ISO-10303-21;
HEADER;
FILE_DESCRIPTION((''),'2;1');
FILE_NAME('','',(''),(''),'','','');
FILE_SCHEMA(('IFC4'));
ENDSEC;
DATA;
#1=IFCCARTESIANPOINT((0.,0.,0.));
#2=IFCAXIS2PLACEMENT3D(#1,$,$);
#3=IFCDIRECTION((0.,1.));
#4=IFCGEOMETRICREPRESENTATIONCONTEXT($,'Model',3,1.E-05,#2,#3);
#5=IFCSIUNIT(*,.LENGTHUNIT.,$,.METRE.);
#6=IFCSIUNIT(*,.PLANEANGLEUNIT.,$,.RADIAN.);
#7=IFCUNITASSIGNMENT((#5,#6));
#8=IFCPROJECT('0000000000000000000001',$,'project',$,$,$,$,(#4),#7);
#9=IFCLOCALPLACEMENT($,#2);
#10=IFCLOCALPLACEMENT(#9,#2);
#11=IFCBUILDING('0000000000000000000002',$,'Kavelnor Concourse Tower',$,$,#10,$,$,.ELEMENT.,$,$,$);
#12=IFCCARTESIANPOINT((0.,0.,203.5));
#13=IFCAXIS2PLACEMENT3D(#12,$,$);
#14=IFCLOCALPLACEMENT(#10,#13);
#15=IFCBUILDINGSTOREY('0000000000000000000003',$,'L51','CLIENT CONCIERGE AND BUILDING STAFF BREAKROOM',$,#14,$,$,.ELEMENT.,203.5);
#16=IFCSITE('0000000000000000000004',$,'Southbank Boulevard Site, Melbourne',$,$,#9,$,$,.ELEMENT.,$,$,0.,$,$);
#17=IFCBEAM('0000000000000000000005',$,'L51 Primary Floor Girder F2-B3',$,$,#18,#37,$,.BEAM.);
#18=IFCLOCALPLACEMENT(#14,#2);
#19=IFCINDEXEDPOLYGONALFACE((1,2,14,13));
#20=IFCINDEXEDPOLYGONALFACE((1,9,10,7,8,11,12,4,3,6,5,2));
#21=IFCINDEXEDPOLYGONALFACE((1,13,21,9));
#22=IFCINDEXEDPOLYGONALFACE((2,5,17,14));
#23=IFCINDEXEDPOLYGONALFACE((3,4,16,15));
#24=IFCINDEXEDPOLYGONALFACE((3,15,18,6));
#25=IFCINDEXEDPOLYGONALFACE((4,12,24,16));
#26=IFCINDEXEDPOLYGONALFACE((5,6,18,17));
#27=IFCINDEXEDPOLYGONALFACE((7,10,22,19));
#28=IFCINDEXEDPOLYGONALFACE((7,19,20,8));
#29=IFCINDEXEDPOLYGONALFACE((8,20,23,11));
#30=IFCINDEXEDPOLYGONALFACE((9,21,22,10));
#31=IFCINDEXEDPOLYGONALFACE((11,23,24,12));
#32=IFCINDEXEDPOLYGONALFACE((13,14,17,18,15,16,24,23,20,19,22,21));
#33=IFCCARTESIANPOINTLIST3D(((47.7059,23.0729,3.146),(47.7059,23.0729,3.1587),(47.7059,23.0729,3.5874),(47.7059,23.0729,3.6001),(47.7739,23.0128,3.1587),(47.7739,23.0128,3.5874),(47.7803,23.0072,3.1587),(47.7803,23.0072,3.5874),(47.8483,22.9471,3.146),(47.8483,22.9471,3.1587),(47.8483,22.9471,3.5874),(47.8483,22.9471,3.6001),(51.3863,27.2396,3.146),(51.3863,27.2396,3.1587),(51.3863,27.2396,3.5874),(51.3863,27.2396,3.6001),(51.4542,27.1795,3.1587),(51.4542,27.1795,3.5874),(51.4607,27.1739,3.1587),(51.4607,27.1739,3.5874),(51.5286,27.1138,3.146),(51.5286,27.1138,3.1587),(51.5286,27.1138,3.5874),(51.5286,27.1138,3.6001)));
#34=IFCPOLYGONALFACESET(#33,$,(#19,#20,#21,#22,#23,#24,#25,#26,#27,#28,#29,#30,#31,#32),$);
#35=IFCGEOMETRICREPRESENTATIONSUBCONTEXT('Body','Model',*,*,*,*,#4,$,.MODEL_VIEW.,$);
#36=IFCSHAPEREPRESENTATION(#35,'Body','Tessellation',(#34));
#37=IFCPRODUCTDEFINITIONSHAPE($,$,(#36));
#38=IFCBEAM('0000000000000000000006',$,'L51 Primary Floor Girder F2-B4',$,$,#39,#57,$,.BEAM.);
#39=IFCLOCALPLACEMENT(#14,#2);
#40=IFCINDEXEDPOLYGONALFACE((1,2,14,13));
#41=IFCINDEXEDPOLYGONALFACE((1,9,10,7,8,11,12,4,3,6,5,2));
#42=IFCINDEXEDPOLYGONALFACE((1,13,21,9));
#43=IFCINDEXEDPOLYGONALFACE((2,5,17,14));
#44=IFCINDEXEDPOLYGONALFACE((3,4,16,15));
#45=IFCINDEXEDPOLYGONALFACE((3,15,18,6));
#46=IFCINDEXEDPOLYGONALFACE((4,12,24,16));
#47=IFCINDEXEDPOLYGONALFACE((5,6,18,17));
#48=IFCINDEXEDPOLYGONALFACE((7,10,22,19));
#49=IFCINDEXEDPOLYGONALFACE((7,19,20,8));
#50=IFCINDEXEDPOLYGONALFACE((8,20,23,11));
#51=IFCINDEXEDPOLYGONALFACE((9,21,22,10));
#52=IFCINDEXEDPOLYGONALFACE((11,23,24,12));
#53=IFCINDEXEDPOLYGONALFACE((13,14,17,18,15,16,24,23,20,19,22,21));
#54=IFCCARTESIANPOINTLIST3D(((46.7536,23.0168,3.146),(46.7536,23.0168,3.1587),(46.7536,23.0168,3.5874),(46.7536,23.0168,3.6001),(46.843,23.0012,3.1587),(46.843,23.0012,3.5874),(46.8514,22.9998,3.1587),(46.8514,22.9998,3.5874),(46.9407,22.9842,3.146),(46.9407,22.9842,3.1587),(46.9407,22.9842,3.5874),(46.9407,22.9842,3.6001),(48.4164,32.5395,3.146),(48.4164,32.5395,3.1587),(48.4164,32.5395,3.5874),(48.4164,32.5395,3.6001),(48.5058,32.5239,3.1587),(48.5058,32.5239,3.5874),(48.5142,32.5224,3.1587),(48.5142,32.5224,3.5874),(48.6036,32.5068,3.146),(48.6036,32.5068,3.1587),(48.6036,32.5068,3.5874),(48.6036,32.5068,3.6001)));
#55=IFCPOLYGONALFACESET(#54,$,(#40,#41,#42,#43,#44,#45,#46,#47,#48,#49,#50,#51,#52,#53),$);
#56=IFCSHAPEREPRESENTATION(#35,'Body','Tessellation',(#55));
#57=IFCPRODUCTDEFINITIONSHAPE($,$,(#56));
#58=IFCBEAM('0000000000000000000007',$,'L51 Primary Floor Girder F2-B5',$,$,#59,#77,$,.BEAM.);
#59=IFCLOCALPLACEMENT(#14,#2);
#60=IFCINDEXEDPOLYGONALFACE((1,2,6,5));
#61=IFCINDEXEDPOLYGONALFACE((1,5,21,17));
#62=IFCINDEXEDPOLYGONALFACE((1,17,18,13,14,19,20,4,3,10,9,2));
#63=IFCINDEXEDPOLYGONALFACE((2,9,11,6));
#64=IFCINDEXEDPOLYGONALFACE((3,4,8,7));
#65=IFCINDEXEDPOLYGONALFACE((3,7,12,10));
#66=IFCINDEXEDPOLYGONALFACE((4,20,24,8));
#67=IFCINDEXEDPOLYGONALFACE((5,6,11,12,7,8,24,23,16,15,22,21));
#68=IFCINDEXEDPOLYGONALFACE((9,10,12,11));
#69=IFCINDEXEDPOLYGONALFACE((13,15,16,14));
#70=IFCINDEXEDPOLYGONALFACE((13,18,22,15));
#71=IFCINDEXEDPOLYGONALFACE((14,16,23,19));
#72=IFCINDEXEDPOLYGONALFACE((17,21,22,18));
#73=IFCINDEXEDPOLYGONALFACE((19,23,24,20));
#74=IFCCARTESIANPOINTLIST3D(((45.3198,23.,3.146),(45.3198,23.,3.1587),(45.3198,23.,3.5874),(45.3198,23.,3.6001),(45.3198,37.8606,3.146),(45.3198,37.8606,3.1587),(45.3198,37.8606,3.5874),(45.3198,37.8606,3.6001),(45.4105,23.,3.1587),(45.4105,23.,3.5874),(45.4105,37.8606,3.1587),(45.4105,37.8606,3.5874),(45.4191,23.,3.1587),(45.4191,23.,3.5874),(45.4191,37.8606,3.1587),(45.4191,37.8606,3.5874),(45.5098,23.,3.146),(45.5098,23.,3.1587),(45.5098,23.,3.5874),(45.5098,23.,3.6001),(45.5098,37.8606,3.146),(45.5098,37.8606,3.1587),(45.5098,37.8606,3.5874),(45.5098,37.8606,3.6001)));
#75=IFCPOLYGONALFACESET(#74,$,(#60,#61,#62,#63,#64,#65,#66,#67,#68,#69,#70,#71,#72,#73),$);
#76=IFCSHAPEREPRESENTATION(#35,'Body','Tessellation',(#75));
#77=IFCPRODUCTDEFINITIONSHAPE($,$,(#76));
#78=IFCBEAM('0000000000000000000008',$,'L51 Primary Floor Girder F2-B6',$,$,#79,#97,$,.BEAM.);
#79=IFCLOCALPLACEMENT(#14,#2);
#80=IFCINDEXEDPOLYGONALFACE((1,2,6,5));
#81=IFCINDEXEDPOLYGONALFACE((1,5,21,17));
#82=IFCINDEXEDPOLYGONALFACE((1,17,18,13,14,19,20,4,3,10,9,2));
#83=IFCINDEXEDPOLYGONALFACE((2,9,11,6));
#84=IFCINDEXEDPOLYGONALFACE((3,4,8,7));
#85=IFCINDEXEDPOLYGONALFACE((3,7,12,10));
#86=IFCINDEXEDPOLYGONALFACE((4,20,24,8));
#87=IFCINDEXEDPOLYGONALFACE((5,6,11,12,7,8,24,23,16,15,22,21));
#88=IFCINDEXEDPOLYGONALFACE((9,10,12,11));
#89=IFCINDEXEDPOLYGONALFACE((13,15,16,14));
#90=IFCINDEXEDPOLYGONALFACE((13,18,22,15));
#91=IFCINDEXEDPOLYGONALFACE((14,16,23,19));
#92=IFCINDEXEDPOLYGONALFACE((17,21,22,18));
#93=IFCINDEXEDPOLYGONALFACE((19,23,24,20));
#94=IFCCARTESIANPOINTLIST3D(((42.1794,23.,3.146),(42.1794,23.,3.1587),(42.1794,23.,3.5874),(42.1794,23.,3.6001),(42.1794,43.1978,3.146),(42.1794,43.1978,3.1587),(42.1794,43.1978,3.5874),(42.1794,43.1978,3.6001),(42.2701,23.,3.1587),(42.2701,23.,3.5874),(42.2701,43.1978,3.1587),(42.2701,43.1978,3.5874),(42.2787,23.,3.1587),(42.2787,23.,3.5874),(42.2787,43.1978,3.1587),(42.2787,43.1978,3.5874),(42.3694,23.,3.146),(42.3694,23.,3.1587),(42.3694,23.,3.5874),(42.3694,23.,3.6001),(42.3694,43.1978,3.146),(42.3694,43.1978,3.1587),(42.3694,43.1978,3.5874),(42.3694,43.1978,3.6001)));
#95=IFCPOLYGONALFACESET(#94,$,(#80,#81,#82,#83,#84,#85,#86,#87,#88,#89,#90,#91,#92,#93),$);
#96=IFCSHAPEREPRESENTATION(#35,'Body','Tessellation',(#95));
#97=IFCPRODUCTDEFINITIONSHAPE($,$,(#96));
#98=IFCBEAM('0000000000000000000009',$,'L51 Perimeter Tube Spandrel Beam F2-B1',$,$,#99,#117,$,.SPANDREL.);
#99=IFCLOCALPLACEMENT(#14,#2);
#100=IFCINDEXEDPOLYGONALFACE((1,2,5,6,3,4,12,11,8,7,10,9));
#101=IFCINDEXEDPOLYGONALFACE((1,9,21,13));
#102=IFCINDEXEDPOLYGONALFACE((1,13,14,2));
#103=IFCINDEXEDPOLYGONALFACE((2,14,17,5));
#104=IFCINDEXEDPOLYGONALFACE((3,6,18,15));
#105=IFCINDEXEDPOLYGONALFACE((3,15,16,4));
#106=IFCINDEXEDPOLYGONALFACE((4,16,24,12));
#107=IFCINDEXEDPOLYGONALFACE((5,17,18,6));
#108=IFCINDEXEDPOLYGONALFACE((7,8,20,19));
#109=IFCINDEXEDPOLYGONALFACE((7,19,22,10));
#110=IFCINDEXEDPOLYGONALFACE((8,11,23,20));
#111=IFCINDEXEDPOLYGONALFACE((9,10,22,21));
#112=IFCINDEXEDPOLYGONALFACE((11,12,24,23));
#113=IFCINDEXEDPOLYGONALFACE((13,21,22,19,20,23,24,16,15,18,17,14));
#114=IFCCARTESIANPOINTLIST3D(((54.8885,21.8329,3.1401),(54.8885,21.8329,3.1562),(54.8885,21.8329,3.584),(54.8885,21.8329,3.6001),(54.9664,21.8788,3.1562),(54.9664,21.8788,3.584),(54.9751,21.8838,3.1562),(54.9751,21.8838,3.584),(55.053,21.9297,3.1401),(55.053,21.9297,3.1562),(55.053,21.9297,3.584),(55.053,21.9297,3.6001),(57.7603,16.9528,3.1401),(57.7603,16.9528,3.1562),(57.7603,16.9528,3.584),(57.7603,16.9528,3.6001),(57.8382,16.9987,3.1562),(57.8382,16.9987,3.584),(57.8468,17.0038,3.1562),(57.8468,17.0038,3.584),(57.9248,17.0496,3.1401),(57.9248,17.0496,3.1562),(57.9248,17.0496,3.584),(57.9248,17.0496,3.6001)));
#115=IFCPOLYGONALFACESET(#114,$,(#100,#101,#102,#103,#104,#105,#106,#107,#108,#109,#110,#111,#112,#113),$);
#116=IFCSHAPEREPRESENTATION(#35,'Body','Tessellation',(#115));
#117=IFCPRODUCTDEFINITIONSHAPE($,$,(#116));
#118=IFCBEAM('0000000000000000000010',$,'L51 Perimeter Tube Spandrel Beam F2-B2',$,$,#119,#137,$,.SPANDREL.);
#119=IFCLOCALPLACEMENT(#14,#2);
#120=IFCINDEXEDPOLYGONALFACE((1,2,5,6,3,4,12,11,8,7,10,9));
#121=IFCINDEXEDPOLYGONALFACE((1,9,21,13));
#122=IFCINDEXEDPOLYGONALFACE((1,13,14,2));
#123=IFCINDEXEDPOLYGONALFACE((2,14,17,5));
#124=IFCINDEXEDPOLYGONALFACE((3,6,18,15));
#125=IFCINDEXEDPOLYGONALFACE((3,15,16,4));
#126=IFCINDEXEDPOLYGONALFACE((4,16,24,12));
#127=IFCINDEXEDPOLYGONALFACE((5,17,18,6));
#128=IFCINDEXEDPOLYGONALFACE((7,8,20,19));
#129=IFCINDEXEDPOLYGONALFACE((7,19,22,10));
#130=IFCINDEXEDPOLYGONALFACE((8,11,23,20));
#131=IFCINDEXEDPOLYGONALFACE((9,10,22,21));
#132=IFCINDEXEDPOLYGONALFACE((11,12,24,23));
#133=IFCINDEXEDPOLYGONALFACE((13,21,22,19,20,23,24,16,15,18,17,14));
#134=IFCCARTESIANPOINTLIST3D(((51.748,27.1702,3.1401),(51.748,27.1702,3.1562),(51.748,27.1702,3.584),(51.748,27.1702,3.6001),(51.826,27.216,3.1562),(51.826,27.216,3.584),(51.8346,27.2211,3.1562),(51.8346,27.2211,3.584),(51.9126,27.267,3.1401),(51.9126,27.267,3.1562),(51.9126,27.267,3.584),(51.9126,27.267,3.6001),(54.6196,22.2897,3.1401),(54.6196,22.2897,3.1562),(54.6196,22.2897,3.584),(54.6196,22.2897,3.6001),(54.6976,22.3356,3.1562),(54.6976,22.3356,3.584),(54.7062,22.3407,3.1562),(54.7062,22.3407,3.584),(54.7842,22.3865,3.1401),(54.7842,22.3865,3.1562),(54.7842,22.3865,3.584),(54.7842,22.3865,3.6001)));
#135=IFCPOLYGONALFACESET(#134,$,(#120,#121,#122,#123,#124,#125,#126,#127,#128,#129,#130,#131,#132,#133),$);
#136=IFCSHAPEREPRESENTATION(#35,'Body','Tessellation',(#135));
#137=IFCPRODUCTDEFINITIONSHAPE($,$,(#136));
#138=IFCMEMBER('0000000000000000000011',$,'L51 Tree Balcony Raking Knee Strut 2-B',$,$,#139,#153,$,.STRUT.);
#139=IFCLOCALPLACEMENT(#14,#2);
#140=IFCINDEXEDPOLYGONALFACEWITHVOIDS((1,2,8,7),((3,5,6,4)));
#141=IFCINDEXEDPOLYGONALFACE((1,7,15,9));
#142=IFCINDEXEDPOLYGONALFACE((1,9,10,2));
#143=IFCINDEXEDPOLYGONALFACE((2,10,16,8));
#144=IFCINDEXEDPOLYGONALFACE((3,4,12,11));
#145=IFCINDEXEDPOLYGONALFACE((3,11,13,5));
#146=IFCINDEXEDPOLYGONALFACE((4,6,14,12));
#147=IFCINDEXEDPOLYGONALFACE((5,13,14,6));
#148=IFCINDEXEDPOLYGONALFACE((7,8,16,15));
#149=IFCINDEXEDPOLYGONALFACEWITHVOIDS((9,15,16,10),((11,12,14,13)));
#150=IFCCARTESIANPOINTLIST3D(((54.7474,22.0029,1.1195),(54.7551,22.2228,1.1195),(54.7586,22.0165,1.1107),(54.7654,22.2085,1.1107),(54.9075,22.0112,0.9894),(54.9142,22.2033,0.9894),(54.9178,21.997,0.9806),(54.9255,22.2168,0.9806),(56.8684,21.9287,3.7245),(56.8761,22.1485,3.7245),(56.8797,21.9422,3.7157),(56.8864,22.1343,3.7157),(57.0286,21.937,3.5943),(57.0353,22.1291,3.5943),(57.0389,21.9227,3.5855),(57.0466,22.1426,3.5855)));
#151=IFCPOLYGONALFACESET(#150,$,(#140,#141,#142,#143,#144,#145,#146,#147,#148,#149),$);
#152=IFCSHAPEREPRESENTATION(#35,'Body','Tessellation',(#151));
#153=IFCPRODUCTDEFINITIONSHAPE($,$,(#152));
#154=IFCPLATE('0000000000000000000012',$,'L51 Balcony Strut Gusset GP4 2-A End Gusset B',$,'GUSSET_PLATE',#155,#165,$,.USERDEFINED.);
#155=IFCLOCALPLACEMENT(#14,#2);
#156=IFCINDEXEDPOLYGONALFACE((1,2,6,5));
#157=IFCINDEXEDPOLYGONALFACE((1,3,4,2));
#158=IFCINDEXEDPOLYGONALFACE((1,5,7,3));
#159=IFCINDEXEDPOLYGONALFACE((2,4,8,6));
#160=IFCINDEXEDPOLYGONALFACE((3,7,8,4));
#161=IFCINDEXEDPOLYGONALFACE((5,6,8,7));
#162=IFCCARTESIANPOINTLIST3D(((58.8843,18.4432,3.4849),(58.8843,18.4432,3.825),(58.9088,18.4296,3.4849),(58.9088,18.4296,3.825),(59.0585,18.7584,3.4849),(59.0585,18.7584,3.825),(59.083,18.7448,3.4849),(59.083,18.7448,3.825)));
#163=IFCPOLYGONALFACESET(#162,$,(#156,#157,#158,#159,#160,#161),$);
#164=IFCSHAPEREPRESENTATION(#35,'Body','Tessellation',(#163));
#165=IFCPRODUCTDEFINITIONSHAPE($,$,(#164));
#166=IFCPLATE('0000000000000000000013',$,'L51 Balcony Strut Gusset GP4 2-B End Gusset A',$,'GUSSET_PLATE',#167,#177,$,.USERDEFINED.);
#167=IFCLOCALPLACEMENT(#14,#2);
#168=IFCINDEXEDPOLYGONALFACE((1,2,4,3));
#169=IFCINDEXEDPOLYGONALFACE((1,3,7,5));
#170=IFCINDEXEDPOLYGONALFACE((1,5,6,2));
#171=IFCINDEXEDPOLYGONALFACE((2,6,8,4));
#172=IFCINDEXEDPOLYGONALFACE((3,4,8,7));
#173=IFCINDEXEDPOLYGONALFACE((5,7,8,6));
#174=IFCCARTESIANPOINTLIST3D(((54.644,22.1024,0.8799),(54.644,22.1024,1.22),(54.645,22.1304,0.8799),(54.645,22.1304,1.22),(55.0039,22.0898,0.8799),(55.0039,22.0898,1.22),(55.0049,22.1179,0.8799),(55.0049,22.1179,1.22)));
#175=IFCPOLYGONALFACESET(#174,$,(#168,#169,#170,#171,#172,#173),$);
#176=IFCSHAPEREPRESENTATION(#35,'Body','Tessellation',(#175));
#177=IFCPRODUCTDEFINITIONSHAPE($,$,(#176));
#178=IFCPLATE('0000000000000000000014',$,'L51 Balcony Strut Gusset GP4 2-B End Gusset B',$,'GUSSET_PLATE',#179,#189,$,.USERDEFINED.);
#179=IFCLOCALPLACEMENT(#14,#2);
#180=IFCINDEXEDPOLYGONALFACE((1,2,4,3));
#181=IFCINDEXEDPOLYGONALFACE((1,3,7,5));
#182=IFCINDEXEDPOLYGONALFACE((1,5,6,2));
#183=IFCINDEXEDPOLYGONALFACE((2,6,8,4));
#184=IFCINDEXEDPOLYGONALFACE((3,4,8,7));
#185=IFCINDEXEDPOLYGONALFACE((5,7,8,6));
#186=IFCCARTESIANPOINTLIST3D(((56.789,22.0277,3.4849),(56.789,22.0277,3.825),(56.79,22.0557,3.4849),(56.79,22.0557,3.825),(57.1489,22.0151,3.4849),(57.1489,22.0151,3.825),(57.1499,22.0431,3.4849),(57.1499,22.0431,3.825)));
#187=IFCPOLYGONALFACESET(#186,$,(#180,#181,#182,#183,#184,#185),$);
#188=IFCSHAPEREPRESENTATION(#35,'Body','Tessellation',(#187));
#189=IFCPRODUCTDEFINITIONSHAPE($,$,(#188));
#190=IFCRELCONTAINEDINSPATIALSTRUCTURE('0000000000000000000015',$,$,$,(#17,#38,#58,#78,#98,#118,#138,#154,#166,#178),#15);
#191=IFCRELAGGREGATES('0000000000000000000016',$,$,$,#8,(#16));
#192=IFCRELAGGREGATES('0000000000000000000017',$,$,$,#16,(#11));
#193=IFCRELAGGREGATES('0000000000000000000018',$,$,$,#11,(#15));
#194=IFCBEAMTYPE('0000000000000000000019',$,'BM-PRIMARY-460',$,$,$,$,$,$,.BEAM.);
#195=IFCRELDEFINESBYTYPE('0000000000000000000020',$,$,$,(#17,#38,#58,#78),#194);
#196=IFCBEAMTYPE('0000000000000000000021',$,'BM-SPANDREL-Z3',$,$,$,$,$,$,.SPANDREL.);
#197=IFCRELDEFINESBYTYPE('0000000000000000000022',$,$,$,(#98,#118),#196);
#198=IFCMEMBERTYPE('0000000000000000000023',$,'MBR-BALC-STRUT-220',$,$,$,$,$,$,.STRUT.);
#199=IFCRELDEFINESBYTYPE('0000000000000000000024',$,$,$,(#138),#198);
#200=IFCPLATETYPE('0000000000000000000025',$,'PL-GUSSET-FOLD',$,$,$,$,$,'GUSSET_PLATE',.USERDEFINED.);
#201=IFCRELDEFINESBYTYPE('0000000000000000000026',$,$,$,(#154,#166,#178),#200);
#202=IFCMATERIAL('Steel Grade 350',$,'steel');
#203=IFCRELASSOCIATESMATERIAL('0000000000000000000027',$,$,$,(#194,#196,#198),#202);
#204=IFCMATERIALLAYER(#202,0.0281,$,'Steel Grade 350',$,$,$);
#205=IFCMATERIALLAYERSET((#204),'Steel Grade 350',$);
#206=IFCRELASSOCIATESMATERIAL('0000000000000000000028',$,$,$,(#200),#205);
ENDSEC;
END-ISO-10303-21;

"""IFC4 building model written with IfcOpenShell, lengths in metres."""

from ifc_helpers import new_model, si_unit, direction, frame, origin, origin_2d, place, context, subcontext, project, spatial, rectangle, hollow_rectangle, i_section, extrude, material, layer, layer_set, material_profile, profile_set, type_object, element, save


model = new_model("IFC4")

# Units and contexts
model_context = context("Model", 3, precision=1e-05, world=origin(), true_north=direction((0.0, 1.0)))
body_context = subcontext(model_context, "Body", "Model", "MODEL_VIEW")
ifc_project = project(units=[si_unit("LENGTHUNIT", "METRE"), si_unit("PLANEANGLEUNIT", "RADIAN")], contexts=[model_context])

# Site, building, storey
site_placement = place(None, origin())
site = spatial("IfcSite", under=ifc_project, at=site_placement, Name="Southbank Boulevard Site, Melbourne", CompositionType="ELEMENT", RefElevation=0.0)
building_placement = place(site_placement, origin())
building = spatial("IfcBuilding", under=site, at=building_placement, Name="Kavelnor Concourse Tower", CompositionType="ELEMENT")
storey_placement = place(building_placement, frame((0.0, 0.0, 203.5)))
storey = spatial("IfcBuildingStorey", under=building, at=storey_placement, Name="L51", Description="CLIENT CONCIERGE AND BUILDING STAFF BREAKROOM", CompositionType="ELEMENT", Elevation=203.5)

# Shared definitions
ifc_material_1 = material(Name="Steel Grade 350", Category="steel")

# Beams
ifc_material_profile_1 = material_profile(ifc_material_1, i_section(OverallWidth=0.1899, OverallDepth=0.4541, WebThickness=0.0085, FlangeThickness=0.0127, at=origin_2d()), Name="460UB67")
ifc_profile_set_1 = profile_set([ifc_material_profile_1], Name="Steel Grade 350")
beam_type_1 = type_object("IfcBeamType", Name="BM-PRIMARY-460", PredefinedType="BEAM", material=ifc_profile_set_1)
beam_1_placement = place(storey_placement, frame((47.7771, 23.01, 3.373), z_axis=(0.662014, 0.749492, 0.0), x_axis=(-0.749492, 0.662014, 0.0)))
element("IfcBeam", 1, at=beam_1_placement, inside=storey, type_object=beam_type_1, Name="L51 Primary Floor Girder F2-B3", PredefinedType="BEAM", context=body_context, shape_type="SweptSolid", body=[
    extrude(i_section(OverallWidth=0.1899, OverallDepth=0.4541, WebThickness=0.0085, FlangeThickness=0.0127, at=origin_2d()), origin(), (0.0, 0.0, 1.0), 5.5593),
])
beam_2_placement = place(storey_placement, frame((46.8472, 23.0005, 3.373), z_axis=(0.172016, 0.985094, 0.0), x_axis=(-0.985094, 0.172016, 0.0)))
element("IfcBeam", 2, at=beam_2_placement, inside=storey, type_object=beam_type_1, Name="L51 Primary Floor Girder F2-B4", PredefinedType="BEAM", context=body_context, shape_type="SweptSolid", body=[
    extrude(i_section(OverallWidth=0.1899, OverallDepth=0.4541, WebThickness=0.0085, FlangeThickness=0.0127, at=origin_2d()), origin(), (0.0, 0.0, 1.0), 9.6667),
])
beam_3_placement = place(storey_placement, frame((45.4148, 23.0, 3.373), z_axis=(0.0, 1.0, 0.0), x_axis=(-1.0, 0.0, 0.0)))
element("IfcBeam", 3, at=beam_3_placement, inside=storey, type_object=beam_type_1, Name="L51 Primary Floor Girder F2-B5", PredefinedType="BEAM", context=body_context, shape_type="SweptSolid", body=[
    extrude(i_section(OverallWidth=0.1899, OverallDepth=0.4541, WebThickness=0.0085, FlangeThickness=0.0127, at=origin_2d()), origin(), (0.0, 0.0, 1.0), 14.8606),
])
beam_4_placement = place(storey_placement, frame((42.2744, 23.0, 3.373), z_axis=(0.0, 1.0, 0.0), x_axis=(-1.0, 0.0, 0.0)))
element("IfcBeam", 4, at=beam_4_placement, inside=storey, type_object=beam_type_1, Name="L51 Primary Floor Girder F2-B6", PredefinedType="BEAM", context=body_context, shape_type="SweptSolid", body=[
    extrude(i_section(OverallWidth=0.1899, OverallDepth=0.4541, WebThickness=0.0085, FlangeThickness=0.0127, at=origin_2d()), origin(), (0.0, 0.0, 1.0), 20.1978),
])
ifc_material_profile_2 = material_profile(ifc_material_1, i_section(OverallWidth=0.1909, OverallDepth=0.46, WebThickness=0.01, FlangeThickness=0.0161, at=origin_2d()), Name="460UB82")
ifc_profile_set_2 = profile_set([ifc_material_profile_2], Name="Steel Grade 350")
beam_type_2 = type_object("IfcBeamType", Name="BM-SPANDREL-Z3", PredefinedType="SPANDREL", material=ifc_profile_set_2)
beam_5_placement = place(storey_placement, frame((57.8425, 17.0012, 3.3701), z_axis=(-0.507173, 0.861844, 0.0), x_axis=(-0.861844, -0.507173, 0.0)))
element("IfcBeam", 5, at=beam_5_placement, inside=storey, type_object=beam_type_2, Name="L51 Perimeter Tube Spandrel Beam F2-B1", PredefinedType="SPANDREL", context=body_context, shape_type="SweptSolid", body=[
    extrude(i_section(OverallWidth=0.1909, OverallDepth=0.46, WebThickness=0.01, FlangeThickness=0.0161, at=origin_2d()), origin(), (0.0, 0.0, 1.0), 5.6624),
])
beam_6_placement = place(storey_placement, frame((54.7019, 22.3381, 3.3701), z_axis=(-0.507122, 0.861874, 0.0), x_axis=(-0.861874, -0.507122, 0.0)))
element("IfcBeam", 6, at=beam_6_placement, inside=storey, type_object=beam_type_2, Name="L51 Perimeter Tube Spandrel Beam F2-B2", PredefinedType="SPANDREL", context=body_context, shape_type="SweptSolid", body=[
    extrude(i_section(OverallWidth=0.1909, OverallDepth=0.46, WebThickness=0.01, FlangeThickness=0.0161, at=origin_2d()), origin(), (0.0, 0.0, 1.0), 5.6626),
])

# Member
ifc_material_profile_3 = material_profile(ifc_material_1, hollow_rectangle(XDim=0.22, YDim=0.22, WallThickness=0.0139, at=origin_2d()), Name="SHS 220x220x14")
ifc_profile_set_3 = profile_set([ifc_material_profile_3], Name="Steel Grade 350")
member_type = type_object("IfcMemberType", Name="MBR-BALC-STRUT-220", PredefinedType="STRUT", material=ifc_profile_set_3)
member_placement = place(storey_placement, frame((54.8364, 22.1099, 1.05), z_axis=(0.631254, -0.022088, 0.775262), x_axis=(0.034969, 0.999388, 0.0)))
element("IfcMember", 7, at=member_placement, inside=storey, type_object=member_type, Name="L51 Tree Balcony Raking Knee Strut 2-B", PredefinedType="STRUT", context=body_context, shape_type="SweptSolid", body=[
    extrude(hollow_rectangle(XDim=0.22, YDim=0.22, WallThickness=0.0139, at=origin_2d()), origin(), (0.0, 0.0, 1.0), 3.3601),
])

# Plates
ifc_layer_1 = layer(ifc_material_1, 0.0281, Name="Steel Grade 350")
ifc_layer_set_1 = layer_set([ifc_layer_1], Name="Steel Grade 350")
plate_type_1 = type_object("IfcPlateType", Name="PL-GUSSET-FOLD", ElementType="GUSSET_PLATE", PredefinedType="USERDEFINED", material=ifc_layer_set_1)
for number, where, z_axis, x_axis, name in (
    (8, (58.9836, 18.594, 3.4849), (0.0, 0.0, 1.0), (0.483741, 0.875211, 0.0), "L51 Balcony Strut Gusset GP4 2-A End Gusset B"),
    (9, (54.8245, 22.1101, 0.8799), (0.0, 0.0, 1.0), (0.999391, -0.034899, 0.0), "L51 Balcony Strut Gusset GP4 2-B End Gusset A"),
    (10, (56.9695, 22.0354, 3.4849), (0.0, 0.0, 1.0), (0.999391, -0.034899, 0.0), "L51 Balcony Strut Gusset GP4 2-B End Gusset B"),
):
    element("IfcPlate", number, at=place(storey_placement, frame(where, z_axis=z_axis, x_axis=x_axis)), inside=storey, type_object=plate_type_1, Name=name, ObjectType="GUSSET_PLATE", PredefinedType="USERDEFINED", context=body_context, shape_type="SweptSolid", body=[
        extrude(rectangle(XDim=0.3601, YDim=0.0281, at=origin_2d()), origin(), (0.0, 0.0, 1.0), 0.3401),
    ])

save(model, "model.ifc")
